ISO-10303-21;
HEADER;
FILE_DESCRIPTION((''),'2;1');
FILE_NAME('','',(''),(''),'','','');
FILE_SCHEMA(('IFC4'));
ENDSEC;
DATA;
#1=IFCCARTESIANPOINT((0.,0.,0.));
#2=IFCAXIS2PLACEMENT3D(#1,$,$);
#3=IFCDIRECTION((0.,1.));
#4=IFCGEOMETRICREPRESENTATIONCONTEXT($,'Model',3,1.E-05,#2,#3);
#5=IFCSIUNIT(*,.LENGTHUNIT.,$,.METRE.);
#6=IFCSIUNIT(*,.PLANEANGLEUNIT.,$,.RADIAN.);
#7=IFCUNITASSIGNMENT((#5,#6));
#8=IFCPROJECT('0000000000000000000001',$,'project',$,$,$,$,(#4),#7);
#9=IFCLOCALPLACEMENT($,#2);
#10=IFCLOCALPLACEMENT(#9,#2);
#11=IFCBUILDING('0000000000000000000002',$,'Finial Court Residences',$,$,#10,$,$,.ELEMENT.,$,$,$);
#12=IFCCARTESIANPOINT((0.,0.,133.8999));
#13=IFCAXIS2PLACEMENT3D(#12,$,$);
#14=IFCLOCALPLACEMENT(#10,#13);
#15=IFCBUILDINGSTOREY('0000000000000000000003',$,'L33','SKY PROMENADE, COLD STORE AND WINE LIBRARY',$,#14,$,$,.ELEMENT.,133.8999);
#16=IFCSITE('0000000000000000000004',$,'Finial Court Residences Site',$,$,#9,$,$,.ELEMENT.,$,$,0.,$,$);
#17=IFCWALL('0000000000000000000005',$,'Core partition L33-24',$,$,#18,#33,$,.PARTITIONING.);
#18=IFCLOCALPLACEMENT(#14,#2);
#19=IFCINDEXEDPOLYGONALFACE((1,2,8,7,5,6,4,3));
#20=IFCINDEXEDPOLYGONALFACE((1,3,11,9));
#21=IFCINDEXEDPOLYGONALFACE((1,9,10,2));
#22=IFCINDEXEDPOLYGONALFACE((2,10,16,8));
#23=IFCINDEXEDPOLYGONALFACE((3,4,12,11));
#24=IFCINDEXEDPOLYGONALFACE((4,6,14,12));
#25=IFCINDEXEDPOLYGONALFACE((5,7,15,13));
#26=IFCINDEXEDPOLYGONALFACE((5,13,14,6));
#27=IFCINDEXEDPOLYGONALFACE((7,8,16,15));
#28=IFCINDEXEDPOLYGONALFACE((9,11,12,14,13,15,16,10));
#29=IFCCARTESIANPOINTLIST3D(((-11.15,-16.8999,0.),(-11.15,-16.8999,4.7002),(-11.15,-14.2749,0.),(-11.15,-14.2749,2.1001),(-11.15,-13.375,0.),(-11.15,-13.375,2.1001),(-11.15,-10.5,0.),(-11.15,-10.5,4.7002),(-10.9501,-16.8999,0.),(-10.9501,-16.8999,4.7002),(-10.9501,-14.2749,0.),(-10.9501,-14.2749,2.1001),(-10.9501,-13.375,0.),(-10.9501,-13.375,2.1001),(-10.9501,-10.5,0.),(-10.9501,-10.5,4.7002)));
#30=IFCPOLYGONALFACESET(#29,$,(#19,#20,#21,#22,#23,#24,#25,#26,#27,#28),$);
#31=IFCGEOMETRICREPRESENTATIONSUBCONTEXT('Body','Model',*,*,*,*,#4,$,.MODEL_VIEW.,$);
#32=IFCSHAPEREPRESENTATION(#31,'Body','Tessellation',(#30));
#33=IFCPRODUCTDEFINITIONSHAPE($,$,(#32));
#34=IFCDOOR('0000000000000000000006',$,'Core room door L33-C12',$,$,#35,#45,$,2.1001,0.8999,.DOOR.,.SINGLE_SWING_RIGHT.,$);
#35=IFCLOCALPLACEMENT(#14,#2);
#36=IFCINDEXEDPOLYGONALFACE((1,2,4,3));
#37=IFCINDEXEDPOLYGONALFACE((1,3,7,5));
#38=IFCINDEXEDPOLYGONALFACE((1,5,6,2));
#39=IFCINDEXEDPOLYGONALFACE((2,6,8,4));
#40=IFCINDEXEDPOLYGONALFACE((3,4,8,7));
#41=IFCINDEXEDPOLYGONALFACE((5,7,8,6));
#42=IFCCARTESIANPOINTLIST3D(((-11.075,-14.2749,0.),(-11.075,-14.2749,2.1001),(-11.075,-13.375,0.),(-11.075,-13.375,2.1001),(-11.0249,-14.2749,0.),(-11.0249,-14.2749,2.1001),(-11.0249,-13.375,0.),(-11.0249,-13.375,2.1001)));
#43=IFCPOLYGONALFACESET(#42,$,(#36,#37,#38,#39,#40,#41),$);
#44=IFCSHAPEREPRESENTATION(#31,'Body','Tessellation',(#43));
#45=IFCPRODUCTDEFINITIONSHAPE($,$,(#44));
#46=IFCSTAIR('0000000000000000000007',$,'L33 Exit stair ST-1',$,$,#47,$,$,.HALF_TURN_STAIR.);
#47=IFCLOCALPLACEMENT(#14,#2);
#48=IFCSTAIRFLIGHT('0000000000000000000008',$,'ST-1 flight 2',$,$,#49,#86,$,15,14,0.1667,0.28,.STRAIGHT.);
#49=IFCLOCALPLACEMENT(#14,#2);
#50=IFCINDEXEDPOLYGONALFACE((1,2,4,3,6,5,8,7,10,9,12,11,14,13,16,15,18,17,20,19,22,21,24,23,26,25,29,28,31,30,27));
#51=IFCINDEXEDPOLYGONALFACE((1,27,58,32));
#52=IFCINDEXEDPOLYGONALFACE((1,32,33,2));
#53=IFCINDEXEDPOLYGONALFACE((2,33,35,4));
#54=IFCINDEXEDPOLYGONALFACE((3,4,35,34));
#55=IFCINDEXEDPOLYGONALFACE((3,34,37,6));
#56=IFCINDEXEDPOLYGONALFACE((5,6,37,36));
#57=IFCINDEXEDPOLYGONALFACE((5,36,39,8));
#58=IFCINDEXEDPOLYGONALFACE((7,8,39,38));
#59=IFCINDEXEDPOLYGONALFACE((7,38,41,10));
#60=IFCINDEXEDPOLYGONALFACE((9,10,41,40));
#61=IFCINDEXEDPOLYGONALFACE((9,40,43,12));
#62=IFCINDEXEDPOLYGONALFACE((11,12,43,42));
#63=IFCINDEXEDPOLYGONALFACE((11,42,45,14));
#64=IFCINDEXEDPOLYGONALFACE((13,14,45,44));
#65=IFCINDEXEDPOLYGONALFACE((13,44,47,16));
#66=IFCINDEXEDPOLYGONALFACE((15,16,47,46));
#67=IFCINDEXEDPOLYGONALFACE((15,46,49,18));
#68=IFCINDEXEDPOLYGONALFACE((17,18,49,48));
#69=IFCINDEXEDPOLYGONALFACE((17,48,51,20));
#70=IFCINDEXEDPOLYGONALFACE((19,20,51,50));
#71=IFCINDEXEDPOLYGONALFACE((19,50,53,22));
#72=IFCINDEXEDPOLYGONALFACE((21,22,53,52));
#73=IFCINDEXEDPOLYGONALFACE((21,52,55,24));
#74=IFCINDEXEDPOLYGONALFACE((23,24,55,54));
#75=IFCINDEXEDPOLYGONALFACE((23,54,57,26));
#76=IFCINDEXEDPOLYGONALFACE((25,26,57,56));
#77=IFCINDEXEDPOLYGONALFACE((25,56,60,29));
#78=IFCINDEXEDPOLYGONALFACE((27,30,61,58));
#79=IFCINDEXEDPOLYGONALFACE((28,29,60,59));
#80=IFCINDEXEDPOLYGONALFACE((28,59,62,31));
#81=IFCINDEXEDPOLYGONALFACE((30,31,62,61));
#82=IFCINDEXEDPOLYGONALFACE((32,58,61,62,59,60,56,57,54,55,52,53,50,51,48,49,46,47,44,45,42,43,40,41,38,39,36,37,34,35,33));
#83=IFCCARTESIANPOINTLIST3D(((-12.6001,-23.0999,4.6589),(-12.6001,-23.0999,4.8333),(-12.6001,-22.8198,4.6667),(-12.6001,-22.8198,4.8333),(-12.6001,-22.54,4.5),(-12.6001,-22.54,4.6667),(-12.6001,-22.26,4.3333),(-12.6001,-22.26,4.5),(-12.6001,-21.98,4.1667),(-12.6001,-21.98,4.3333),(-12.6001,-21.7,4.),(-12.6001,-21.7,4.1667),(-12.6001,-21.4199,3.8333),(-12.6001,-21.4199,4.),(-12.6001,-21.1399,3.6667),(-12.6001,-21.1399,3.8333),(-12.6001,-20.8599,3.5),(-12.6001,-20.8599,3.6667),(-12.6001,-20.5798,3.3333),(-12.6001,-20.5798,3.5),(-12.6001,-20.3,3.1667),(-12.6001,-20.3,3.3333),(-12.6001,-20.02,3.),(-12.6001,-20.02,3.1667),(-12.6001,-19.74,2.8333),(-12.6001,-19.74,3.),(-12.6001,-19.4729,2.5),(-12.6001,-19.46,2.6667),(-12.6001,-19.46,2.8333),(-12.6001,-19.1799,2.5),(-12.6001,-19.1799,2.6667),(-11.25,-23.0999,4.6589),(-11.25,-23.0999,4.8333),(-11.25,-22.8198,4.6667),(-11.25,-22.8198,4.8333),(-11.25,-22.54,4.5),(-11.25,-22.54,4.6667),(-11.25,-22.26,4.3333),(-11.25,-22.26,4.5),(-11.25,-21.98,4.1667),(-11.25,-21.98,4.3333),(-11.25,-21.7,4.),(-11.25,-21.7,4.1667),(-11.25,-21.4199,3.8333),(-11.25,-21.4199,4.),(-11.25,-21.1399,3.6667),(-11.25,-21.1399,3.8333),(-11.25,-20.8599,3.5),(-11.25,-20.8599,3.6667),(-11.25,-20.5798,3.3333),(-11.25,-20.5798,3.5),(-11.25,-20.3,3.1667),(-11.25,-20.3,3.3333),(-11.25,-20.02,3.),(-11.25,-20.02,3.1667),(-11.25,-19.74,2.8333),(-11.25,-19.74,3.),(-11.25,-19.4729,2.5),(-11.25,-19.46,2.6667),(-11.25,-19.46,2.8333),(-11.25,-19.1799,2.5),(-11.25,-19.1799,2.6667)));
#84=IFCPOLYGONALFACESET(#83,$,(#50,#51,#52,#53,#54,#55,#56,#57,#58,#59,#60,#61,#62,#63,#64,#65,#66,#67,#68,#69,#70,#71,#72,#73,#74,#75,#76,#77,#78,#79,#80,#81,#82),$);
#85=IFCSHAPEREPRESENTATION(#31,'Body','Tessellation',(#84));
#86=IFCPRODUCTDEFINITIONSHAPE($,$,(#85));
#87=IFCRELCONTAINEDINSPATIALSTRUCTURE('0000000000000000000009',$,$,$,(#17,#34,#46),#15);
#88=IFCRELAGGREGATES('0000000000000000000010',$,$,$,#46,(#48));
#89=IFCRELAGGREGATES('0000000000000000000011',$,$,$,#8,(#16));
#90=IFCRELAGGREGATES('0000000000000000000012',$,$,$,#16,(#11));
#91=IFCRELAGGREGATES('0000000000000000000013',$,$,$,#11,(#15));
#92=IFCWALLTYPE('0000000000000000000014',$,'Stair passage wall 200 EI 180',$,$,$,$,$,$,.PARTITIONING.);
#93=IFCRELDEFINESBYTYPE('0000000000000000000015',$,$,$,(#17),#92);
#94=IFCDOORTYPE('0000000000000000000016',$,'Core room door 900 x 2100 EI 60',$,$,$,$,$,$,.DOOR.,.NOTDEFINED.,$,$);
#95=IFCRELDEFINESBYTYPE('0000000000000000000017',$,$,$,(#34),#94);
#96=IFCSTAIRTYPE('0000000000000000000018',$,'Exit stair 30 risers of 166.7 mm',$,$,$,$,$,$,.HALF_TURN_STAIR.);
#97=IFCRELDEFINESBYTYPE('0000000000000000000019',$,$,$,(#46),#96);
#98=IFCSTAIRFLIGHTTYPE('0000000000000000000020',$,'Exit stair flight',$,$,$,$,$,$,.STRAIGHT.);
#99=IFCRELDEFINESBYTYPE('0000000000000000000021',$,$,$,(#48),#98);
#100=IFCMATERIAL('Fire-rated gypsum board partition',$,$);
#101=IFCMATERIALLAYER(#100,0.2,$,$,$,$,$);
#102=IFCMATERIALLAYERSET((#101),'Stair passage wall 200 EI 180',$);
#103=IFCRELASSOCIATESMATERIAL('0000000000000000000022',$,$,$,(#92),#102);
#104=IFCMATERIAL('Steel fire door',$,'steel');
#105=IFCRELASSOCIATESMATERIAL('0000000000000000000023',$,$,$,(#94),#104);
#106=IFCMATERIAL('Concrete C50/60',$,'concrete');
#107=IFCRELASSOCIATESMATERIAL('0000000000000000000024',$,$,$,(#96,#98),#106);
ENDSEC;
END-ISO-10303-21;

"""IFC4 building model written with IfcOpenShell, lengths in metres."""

from ifc_helpers import new_model, si_unit, direction, frame, frame_2d, origin, place, context, subcontext, project, spatial, polyline, rectangle, outline, extrude, material, layer, layer_set, type_object, element, fill, aggregate, save


model = new_model("IFC4")

# Units and contexts
model_context = context("Model", 3, precision=1e-05, world=origin(), true_north=direction((0.0, 1.0)))
body_context = subcontext(model_context, "Body", "Model", "MODEL_VIEW")
ifc_project = project(units=[si_unit("LENGTHUNIT", "METRE"), si_unit("PLANEANGLEUNIT", "RADIAN")], contexts=[model_context])

# Site, building, storey
site_placement = place(None, origin())
site = spatial("IfcSite", under=ifc_project, at=site_placement, Name="Finial Court Residences Site", CompositionType="ELEMENT", RefElevation=0.0)
building_placement = place(site_placement, origin())
building = spatial("IfcBuilding", under=site, at=building_placement, Name="Finial Court Residences", CompositionType="ELEMENT")
storey_placement = place(building_placement, frame((0.0, 0.0, 133.8999)))
storey = spatial("IfcBuildingStorey", under=building, at=storey_placement, Name="L33", Description="SKY PROMENADE, COLD STORE AND WINE LIBRARY", CompositionType="ELEMENT", Elevation=133.8999)

# Shared definitions
ifc_material_1 = material(Name="Steel fire door", Category="steel")

# Shared definitions
ifc_material_2 = material(Name="Fire-rated gypsum board partition")

# Wall, opening, door
ifc_layer_1 = layer(ifc_material_2, 0.2)
ifc_layer_set_1 = layer_set([ifc_layer_1], Name="Stair passage wall 200 EI 180")
wall_type_1 = type_object("IfcWallType", Name="Stair passage wall 200 EI 180", PredefinedType="PARTITIONING", material=ifc_layer_set_1)
wall_1_placement = place(storey_placement, frame((-11.05, -16.8999, 0.0), z_axis=(0.0, 0.0, 1.0), x_axis=(0.0, 1.0, 0.0)))
wall_1 = element("IfcWall", 1, at=wall_1_placement, inside=storey, type_object=wall_type_1, Name="Core partition L33-24", PredefinedType="PARTITIONING", context=body_context, shape_type="SweptSolid", body=[
    extrude(rectangle(XDim=6.3999, YDim=0.2, at=frame_2d((3.2, 0.0))), origin(), (0.0, 0.0, 1.0), 4.7002),
])
opening_1_placement = place(wall_1_placement, frame((2.625, 0.0, 0.0)))
opening_1 = element("IfcOpeningElement", 2, at=opening_1_placement, cuts=wall_1, PredefinedType="OPENING", context=body_context, shape_type="SweptSolid", body=[
    extrude(rectangle(XDim=0.8999, YDim=2.1001, at=frame_2d((0.45, 1.05))), frame((0.0, 0.1099, 0.0), z_axis=(0.0, -1.0, 0.0), x_axis=(1.0, 0.0, 0.0)), (0.0, 0.0, 1.0), 0.22),
])
door_type_1 = type_object("IfcDoorType", Name="Core room door 900 x 2100 EI 60", OperationType="NOTDEFINED", PredefinedType="DOOR", material=ifc_material_1)
door_1_placement = place(opening_1_placement, origin())
door_1 = element("IfcDoor", 3, at=door_1_placement, inside=storey, type_object=door_type_1, Name="Core room door L33-C12", OperationType="SINGLE_SWING_RIGHT", OverallHeight=2.1001, OverallWidth=0.8999, PredefinedType="DOOR", context=body_context, shape_type="SweptSolid", body=[
    extrude(rectangle(XDim=0.8999, YDim=2.1001, at=frame_2d((0.45, 1.05))), frame((0.0, 0.0249, 0.0), z_axis=(0.0, -1.0, 0.0), x_axis=(1.0, 0.0, 0.0)), (0.0, 0.0, 1.0), 0.05),
])
fill(opening_1, door_1)

# Stair, stair flight
ifc_material_3 = material(Name="Concrete C50/60", Category="concrete")
stair_type = type_object("IfcStairType", Name="Exit stair 30 risers of 166.7 mm", PredefinedType="HALF_TURN_STAIR", material=ifc_material_3)
stair_placement = place(storey_placement, origin())
stair = element("IfcStair", 4, at=stair_placement, inside=storey, type_object=stair_type, Name="L33 Exit stair ST-1", PredefinedType="HALF_TURN_STAIR")
stair_flight_type = type_object("IfcStairFlightType", Name="Exit stair flight", PredefinedType="STRAIGHT", material=ifc_material_3)
stair_flight_placement = place(storey_placement, frame((-11.925, -19.1799, 2.5), z_axis=(0.0, 0.0, 1.0), x_axis=(0.0, -1.0, 0.0)))
stair_flight = element("IfcStairFlight", 5, at=stair_flight_placement, type_object=stair_flight_type, Name="ST-1 flight 2", NumberOfRisers=15, NumberOfTreads=14, PredefinedType="STRAIGHT", RiserHeight=0.1667, TreadLength=0.28, context=body_context, shape_type="SweptSolid", body=[
    extrude(outline(polyline([(0.0, 0.0), (0.0, 0.1667), (0.28, 0.1667), (0.28, 0.3333), (0.5601, 0.3333), (0.5601, 0.5), (0.8401, 0.5), (0.8401, 0.6667), (1.1201, 0.6667), (1.1201, 0.8333), (1.3999, 0.8333), (1.3999, 1.0), (1.6799, 1.0), (1.6799, 1.1667), (1.96, 1.1667), (1.96, 1.3333), (2.24, 1.3333), (2.24, 1.5), (2.52, 1.5), (2.52, 1.6667), (2.8, 1.6667), (2.8, 1.8333), (3.0801, 1.8333), (3.0801, 2.0), (3.3601, 2.0), (3.3601, 2.1667), (3.6399, 2.1667), (3.6399, 2.3333), (3.9199, 2.3333), (3.9199, 2.5), (3.9199, 2.1589), (0.293, 0.0), (0.0, 0.0)])), frame((0.0, 0.675, 0.0), z_axis=(0.0, -1.0, 0.0), x_axis=(1.0, 0.0, 0.0)), (0.0, 0.0, 1.0), 1.3501),
])
aggregate(stair, [stair_flight])

save(model, "model.ifc")
